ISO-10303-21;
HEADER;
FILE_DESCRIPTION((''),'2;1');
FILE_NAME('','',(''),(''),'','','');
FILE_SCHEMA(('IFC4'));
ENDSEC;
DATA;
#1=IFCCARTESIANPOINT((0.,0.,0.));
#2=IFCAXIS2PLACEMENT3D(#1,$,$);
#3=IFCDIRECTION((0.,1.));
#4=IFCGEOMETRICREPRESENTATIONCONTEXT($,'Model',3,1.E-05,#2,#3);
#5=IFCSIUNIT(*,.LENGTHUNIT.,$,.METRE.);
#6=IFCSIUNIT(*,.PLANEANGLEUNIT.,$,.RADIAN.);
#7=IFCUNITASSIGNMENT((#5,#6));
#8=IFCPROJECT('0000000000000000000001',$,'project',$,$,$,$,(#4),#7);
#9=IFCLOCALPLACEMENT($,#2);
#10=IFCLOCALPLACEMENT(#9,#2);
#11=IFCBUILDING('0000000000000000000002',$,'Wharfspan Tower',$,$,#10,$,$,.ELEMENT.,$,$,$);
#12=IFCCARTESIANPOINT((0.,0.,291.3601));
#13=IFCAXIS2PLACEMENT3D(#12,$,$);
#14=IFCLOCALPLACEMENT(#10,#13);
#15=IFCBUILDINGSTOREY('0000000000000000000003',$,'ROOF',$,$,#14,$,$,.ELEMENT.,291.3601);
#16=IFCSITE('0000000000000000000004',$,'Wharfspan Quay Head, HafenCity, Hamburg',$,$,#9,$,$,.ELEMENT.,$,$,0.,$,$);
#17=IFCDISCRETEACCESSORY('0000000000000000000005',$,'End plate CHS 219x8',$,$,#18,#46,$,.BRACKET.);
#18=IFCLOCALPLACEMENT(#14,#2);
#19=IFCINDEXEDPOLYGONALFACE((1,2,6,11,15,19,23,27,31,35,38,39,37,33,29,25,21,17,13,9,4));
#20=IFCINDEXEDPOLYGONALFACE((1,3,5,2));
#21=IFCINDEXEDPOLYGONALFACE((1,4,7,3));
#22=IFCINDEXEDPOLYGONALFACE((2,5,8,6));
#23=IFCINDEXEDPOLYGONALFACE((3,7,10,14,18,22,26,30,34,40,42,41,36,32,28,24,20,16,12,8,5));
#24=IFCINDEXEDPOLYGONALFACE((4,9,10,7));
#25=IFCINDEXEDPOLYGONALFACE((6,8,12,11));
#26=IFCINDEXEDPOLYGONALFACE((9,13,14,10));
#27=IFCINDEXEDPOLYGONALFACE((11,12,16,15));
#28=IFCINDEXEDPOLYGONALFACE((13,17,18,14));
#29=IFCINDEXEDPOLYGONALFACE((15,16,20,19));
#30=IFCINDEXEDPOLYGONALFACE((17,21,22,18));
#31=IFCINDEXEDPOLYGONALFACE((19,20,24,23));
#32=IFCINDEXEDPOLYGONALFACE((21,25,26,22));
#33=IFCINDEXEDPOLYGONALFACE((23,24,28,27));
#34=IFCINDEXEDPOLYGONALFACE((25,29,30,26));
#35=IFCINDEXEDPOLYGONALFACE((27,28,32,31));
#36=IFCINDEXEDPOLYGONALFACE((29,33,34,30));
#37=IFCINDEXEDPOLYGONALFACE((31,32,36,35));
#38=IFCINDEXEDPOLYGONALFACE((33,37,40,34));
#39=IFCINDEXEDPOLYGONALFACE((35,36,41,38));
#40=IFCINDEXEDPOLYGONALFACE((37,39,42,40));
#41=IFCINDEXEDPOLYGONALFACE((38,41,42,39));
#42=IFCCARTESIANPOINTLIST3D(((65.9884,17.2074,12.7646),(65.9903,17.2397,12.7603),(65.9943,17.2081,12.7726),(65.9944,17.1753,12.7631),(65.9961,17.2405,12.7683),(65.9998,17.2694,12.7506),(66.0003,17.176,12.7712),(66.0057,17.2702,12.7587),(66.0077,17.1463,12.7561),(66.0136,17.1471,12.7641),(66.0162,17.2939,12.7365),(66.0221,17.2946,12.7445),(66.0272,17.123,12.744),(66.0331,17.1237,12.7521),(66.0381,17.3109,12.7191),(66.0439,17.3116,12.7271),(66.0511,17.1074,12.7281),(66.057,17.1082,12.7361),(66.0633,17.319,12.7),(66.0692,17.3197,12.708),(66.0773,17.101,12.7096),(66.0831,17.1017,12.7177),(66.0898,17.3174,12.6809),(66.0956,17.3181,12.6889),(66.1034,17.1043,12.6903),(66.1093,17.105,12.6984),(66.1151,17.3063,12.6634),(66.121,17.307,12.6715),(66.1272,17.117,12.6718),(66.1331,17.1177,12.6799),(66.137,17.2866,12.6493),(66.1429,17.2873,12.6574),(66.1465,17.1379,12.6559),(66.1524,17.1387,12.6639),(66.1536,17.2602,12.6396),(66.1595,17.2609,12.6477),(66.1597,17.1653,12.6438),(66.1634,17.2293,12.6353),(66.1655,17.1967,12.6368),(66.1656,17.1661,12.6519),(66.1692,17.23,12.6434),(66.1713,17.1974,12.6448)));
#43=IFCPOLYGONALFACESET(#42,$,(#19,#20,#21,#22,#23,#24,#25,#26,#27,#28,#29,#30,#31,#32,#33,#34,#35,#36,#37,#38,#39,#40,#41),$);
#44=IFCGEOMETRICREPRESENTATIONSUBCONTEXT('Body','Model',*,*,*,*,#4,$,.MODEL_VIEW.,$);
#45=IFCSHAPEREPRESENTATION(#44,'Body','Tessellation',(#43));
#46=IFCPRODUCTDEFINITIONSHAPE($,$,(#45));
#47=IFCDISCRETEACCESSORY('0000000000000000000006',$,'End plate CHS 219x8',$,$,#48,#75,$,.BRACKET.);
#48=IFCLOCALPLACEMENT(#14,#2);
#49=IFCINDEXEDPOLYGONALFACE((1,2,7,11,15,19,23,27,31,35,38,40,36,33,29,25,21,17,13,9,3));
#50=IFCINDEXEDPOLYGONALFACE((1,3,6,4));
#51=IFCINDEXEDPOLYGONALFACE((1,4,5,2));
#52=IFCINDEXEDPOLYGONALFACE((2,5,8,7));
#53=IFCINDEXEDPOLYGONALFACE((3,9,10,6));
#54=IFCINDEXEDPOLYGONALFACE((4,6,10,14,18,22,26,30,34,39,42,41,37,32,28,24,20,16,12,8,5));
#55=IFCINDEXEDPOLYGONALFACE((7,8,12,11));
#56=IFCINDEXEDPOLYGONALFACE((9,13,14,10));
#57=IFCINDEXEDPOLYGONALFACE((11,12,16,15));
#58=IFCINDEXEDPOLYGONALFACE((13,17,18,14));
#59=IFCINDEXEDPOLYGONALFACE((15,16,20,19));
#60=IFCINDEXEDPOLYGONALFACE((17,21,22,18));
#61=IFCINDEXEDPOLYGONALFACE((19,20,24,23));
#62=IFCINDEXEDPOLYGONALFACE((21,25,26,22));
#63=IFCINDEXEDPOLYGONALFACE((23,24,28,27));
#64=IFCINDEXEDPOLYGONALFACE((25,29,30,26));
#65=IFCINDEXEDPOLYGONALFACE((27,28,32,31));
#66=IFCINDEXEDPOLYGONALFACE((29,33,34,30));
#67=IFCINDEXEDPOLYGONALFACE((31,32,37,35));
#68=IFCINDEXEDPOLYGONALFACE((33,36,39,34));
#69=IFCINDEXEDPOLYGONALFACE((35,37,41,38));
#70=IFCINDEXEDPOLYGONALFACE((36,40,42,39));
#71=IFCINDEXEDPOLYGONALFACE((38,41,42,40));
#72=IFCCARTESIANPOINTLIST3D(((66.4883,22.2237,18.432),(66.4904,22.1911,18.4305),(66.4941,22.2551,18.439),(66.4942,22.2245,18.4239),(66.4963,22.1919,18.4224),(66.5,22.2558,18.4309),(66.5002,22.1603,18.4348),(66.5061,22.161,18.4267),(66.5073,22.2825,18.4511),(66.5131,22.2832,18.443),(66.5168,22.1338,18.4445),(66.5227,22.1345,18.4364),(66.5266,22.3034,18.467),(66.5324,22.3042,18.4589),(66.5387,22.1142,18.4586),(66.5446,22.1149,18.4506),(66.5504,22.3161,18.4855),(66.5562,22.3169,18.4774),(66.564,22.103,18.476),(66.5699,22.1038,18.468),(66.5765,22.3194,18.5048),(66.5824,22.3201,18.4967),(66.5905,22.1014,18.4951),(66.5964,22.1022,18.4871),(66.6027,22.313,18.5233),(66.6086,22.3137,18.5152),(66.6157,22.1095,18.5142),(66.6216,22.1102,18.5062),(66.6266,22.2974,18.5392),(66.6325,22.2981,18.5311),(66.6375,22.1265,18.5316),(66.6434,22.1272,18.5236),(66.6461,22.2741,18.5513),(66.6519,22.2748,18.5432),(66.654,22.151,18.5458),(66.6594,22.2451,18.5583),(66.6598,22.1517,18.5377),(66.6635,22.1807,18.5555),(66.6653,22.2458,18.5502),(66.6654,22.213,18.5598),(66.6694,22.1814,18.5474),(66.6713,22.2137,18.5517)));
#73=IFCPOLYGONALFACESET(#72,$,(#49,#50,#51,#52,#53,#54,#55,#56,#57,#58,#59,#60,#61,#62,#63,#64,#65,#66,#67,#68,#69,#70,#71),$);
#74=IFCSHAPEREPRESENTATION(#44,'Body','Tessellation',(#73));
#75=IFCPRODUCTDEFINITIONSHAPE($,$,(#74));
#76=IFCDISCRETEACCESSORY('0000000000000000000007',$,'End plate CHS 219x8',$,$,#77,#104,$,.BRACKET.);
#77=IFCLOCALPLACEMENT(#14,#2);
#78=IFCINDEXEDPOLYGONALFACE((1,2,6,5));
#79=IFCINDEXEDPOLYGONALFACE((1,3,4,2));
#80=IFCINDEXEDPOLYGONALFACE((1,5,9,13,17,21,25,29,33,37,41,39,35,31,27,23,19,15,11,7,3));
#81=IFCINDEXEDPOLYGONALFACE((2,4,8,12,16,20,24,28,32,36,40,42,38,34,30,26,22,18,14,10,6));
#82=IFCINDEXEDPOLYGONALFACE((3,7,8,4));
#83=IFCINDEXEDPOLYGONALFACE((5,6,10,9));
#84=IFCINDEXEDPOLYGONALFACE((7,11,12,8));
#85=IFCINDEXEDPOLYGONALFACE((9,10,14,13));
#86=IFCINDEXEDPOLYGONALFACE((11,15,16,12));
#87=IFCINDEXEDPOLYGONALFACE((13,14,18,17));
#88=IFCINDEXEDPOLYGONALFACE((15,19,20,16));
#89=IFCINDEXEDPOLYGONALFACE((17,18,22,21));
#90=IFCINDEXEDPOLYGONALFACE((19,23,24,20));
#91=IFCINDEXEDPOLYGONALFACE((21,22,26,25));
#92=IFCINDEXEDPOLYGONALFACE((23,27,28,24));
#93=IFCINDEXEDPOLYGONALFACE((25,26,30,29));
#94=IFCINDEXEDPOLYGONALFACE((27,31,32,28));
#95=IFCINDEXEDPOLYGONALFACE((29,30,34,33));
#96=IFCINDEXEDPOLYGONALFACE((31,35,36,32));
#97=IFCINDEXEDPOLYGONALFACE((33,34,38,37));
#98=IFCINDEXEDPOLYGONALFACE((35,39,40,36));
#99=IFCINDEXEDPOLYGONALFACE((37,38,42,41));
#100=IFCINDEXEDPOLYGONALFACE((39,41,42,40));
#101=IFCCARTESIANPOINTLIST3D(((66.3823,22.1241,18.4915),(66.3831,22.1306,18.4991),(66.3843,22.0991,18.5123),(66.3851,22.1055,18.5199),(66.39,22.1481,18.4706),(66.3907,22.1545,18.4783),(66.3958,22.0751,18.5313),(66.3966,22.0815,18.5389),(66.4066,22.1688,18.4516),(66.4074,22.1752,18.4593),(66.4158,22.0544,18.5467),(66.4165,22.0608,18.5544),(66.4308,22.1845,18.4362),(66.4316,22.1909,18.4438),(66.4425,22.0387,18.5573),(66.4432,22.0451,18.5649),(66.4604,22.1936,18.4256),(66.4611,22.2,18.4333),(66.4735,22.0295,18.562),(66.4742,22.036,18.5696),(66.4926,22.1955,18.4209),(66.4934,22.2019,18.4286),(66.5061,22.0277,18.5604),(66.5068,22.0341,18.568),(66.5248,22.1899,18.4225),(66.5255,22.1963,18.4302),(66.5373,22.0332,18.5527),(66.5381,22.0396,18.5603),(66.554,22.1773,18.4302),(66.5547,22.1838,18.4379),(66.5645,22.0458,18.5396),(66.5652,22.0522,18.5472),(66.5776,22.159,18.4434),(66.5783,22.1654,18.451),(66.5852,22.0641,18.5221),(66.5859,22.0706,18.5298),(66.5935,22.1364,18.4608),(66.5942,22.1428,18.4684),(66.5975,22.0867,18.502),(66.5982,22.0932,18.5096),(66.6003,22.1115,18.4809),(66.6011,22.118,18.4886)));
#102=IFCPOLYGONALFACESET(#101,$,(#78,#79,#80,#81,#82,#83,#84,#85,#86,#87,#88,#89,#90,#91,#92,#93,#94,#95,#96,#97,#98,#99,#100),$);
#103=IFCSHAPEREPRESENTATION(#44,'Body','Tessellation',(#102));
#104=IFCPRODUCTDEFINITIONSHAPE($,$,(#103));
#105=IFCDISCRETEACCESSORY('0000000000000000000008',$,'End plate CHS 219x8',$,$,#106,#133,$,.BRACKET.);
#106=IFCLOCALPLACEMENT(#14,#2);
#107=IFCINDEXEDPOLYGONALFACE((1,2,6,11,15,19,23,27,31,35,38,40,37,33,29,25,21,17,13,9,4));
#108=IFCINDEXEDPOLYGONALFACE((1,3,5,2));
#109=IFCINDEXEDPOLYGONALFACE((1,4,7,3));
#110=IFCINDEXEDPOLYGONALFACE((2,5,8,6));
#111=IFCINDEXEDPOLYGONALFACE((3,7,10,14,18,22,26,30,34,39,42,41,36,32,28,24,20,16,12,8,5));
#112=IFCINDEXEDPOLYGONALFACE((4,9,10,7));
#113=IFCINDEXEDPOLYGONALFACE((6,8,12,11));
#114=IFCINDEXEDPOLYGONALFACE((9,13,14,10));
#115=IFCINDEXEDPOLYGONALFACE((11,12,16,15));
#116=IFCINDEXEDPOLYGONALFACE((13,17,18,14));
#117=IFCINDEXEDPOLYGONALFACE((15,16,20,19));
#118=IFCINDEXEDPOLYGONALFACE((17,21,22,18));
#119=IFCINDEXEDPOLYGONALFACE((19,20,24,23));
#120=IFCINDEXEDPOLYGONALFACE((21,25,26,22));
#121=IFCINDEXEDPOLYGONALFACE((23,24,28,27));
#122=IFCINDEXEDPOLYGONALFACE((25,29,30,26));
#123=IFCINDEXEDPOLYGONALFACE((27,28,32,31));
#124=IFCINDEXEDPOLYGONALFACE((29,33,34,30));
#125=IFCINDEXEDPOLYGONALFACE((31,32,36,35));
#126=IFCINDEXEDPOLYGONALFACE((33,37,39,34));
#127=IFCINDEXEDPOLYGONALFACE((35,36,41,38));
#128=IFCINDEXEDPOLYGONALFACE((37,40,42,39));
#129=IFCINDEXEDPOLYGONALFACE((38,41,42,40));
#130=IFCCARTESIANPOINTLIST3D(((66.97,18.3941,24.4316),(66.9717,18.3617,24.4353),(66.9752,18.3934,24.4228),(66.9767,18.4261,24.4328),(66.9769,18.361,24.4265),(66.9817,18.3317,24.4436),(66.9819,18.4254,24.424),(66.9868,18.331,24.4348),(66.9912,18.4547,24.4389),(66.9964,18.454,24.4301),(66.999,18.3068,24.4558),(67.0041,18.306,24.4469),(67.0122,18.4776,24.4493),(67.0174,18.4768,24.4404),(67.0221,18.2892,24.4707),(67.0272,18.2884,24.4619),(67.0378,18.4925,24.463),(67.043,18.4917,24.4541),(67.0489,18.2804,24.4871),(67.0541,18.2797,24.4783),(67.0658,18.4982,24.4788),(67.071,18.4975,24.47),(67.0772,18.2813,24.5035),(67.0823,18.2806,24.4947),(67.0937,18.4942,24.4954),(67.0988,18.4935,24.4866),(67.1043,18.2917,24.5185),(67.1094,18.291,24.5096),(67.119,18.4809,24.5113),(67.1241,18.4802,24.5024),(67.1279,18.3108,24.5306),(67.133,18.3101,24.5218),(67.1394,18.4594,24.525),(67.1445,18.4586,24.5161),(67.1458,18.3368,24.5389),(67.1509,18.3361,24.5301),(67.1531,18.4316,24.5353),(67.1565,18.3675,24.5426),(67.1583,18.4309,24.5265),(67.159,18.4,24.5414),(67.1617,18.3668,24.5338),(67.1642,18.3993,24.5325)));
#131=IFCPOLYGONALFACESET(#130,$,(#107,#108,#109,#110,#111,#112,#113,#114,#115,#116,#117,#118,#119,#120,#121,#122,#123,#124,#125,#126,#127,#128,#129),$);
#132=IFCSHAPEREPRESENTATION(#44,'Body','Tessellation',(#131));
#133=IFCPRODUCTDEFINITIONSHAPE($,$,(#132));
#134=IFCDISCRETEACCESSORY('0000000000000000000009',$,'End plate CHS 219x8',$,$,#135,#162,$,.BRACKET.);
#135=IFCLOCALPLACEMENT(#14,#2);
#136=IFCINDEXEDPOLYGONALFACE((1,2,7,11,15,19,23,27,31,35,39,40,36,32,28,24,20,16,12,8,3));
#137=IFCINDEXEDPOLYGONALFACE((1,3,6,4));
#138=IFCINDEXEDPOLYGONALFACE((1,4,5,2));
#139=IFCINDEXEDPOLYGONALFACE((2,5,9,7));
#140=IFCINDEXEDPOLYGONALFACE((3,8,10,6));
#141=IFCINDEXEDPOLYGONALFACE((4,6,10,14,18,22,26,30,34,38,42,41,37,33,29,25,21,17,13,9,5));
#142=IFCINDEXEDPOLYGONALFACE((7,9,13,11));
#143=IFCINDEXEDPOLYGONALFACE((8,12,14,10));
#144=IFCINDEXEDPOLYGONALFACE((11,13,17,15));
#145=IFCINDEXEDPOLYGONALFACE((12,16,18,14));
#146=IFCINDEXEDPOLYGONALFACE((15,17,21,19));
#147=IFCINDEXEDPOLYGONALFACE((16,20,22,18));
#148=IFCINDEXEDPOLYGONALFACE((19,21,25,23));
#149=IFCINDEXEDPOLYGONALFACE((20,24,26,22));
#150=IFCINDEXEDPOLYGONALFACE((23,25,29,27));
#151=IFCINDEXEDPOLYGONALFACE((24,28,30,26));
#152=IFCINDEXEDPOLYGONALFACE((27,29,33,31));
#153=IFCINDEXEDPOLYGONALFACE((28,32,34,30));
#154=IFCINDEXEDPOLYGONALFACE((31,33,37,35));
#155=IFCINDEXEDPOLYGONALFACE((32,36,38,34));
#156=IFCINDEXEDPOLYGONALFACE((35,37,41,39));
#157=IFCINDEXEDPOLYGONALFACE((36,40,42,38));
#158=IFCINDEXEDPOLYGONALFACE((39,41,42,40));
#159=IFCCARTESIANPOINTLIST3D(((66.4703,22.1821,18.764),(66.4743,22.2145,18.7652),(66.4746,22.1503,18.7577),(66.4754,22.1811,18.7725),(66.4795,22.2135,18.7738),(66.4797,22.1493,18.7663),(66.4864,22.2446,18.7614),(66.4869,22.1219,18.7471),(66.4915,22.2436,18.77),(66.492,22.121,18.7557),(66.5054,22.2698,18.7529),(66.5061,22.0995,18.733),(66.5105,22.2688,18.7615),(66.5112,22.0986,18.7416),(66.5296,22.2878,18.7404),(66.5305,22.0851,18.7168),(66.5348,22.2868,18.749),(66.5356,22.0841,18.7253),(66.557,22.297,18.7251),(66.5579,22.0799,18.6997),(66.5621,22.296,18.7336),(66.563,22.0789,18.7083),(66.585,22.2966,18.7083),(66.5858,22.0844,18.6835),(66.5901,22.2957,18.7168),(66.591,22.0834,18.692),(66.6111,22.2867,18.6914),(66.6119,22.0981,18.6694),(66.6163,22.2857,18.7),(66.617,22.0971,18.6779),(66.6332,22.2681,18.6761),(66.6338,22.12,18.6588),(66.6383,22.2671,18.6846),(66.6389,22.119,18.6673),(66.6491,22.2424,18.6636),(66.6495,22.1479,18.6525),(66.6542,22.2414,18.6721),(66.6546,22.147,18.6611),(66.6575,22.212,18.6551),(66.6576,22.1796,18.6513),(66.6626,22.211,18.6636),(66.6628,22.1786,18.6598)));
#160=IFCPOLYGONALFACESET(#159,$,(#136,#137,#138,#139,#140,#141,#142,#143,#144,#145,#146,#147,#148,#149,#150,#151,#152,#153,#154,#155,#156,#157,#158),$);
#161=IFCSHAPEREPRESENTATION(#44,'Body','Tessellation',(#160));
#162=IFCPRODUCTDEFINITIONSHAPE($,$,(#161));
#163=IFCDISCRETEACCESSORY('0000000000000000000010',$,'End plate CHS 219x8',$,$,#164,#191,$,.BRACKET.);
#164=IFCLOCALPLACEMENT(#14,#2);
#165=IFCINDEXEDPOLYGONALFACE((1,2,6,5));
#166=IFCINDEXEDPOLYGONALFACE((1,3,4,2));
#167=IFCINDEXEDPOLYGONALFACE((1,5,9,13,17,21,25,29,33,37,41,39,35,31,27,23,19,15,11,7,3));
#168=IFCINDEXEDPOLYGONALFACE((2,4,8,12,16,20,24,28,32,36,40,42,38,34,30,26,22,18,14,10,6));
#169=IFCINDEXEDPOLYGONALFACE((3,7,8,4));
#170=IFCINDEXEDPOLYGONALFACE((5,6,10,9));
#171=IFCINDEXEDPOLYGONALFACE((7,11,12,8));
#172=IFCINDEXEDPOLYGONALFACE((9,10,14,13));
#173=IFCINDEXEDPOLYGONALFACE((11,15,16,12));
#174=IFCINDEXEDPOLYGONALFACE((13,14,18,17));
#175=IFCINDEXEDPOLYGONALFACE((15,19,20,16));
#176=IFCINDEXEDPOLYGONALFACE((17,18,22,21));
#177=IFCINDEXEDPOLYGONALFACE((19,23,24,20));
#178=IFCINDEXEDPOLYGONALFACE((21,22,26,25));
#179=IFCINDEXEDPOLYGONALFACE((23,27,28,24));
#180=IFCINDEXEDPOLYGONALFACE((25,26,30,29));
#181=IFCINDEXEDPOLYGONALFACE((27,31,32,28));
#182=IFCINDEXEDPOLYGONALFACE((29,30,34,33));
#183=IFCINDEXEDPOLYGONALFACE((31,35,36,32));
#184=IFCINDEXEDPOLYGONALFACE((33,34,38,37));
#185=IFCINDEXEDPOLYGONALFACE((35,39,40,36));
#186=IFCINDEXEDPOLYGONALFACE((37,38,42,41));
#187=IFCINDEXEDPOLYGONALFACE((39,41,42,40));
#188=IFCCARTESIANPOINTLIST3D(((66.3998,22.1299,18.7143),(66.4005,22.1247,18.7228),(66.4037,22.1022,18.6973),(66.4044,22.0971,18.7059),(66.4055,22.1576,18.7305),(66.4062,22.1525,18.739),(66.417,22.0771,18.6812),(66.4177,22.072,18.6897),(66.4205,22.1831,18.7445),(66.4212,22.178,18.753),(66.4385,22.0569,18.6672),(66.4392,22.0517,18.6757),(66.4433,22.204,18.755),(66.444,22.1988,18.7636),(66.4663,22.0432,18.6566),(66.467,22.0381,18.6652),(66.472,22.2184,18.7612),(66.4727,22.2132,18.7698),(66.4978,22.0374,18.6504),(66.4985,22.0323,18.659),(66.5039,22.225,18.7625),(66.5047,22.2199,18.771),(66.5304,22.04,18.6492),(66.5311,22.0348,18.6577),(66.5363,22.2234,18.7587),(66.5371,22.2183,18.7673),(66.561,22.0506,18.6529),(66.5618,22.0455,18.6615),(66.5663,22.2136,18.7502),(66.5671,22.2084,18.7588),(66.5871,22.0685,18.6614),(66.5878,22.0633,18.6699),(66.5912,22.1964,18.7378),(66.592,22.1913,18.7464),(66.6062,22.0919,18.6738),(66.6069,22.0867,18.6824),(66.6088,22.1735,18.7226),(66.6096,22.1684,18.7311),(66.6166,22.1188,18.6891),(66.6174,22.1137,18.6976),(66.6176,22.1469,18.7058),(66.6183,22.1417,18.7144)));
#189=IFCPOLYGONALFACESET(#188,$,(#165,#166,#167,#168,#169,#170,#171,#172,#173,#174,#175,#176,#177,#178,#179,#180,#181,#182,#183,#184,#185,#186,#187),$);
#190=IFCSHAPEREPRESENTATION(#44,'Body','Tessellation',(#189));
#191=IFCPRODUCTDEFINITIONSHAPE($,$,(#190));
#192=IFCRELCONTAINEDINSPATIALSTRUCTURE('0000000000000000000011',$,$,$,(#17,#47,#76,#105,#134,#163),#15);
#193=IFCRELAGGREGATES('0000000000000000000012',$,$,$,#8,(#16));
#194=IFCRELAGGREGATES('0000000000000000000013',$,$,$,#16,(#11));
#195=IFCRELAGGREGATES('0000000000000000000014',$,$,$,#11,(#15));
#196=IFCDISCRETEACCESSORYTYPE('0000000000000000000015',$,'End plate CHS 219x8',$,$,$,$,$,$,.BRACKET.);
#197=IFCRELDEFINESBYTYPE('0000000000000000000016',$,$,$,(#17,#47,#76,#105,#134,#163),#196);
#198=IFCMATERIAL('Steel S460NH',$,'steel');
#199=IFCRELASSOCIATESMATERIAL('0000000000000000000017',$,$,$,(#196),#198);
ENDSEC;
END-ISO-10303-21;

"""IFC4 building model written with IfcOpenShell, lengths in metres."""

from ifc_helpers import new_model, si_unit, direction, frame, origin, origin_2d, place, context, subcontext, project, spatial, circle, extrude, material, material_profile, profile_set, type_object, element, save


model = new_model("IFC4")

# Units and contexts
model_context = context("Model", 3, precision=1e-05, world=origin(), true_north=direction((0.0, 1.0)))
body_context = subcontext(model_context, "Body", "Model", "MODEL_VIEW")
ifc_project = project(units=[si_unit("LENGTHUNIT", "METRE"), si_unit("PLANEANGLEUNIT", "RADIAN")], contexts=[model_context])

# Site, building, storey
site_placement = place(None, origin())
site = spatial("IfcSite", under=ifc_project, at=site_placement, Name="Wharfspan Quay Head, HafenCity, Hamburg", CompositionType="ELEMENT", RefElevation=0.0)
building_placement = place(site_placement, origin())
building = spatial("IfcBuilding", under=site, at=building_placement, Name="Wharfspan Tower", CompositionType="ELEMENT")
storey_placement = place(building_placement, frame((0.0, 0.0, 291.3601)))
storey = spatial("IfcBuildingStorey", under=building, at=storey_placement, Name="ROOF", CompositionType="ELEMENT", Elevation=291.3601)

# Shared definitions
ifc_material = material(Name="Steel S460NH", Category="steel")

# Discrete accessories
ifc_material_profile_1 = material_profile(ifc_material, circle(Radius=0.1096, at=origin_2d()))
ifc_profile_set_1 = profile_set([ifc_material_profile_1], Name="Steel S460NH")
discrete_accessory_type_1 = type_object("IfcDiscreteAccessoryType", Name="End plate CHS 219x8", PredefinedType="BRACKET", material=ifc_profile_set_1)
for number, where, z_axis, x_axis, name in (
    (1, (66.0769, 17.2102, 12.7), (0.586588, 0.073324, 0.806559), (-0.124036, 0.992281, 0.0), "End plate CHS 219x8"),
    (2, (66.5828, 22.2109, 18.4871), (-0.586588, -0.073324, 0.806559), (0.124036, -0.992281, 0.0), "End plate CHS 219x8"),
    (3, (66.4912, 22.1116, 18.4915), (0.073945, 0.640853, 0.764094), (-0.993411, 0.114625, 0.0), "End plate CHS 219x8"),
):
    element("IfcDiscreteAccessory", number, at=place(storey_placement, frame(where, z_axis=z_axis, x_axis=x_axis)), inside=storey, type_object=discrete_accessory_type_1, Name=name, PredefinedType="BRACKET", context=body_context, shape_type="SweptSolid", body=[
        extrude(circle(Radius=0.1096, at=origin_2d()), origin(), (0.0, 0.0, 1.0), 0.01),
    ])
discrete_accessory_1_placement = place(storey_placement, frame((67.0696, 18.3882, 24.4783), z_axis=(-0.502571, 0.071796, 0.86155), x_axis=(-0.141422, -0.989952, 0.0)))
element("IfcDiscreteAccessory", 4, at=discrete_accessory_1_placement, inside=storey, type_object=discrete_accessory_type_1, Name="End plate CHS 219x8", PredefinedType="BRACKET", context=body_context, shape_type="SweptSolid", body=[
    extrude(circle(Radius=0.1096, at=origin_2d()), origin(), (0.0, 0.0, 1.0), 0.0103),
])
for number, where, z_axis, x_axis, name in (
    (5, (66.5645, 22.189, 18.7083), (0.512043, -0.097532, 0.853405), (0.187112, 0.982338, 0.0), "End plate CHS 219x8"),
    (6, (66.509, 22.1313, 18.7058), (0.073302, -0.513112, 0.855186), (0.98995, 0.141422, 0.0), "End plate CHS 219x8"),
):
    element("IfcDiscreteAccessory", number, at=place(storey_placement, frame(where, z_axis=z_axis, x_axis=x_axis)), inside=storey, type_object=discrete_accessory_type_1, Name=name, PredefinedType="BRACKET", context=body_context, shape_type="SweptSolid", body=[
        extrude(circle(Radius=0.1096, at=origin_2d()), origin(), (0.0, 0.0, 1.0), 0.01),
    ])

save(model, "model.ifc")
